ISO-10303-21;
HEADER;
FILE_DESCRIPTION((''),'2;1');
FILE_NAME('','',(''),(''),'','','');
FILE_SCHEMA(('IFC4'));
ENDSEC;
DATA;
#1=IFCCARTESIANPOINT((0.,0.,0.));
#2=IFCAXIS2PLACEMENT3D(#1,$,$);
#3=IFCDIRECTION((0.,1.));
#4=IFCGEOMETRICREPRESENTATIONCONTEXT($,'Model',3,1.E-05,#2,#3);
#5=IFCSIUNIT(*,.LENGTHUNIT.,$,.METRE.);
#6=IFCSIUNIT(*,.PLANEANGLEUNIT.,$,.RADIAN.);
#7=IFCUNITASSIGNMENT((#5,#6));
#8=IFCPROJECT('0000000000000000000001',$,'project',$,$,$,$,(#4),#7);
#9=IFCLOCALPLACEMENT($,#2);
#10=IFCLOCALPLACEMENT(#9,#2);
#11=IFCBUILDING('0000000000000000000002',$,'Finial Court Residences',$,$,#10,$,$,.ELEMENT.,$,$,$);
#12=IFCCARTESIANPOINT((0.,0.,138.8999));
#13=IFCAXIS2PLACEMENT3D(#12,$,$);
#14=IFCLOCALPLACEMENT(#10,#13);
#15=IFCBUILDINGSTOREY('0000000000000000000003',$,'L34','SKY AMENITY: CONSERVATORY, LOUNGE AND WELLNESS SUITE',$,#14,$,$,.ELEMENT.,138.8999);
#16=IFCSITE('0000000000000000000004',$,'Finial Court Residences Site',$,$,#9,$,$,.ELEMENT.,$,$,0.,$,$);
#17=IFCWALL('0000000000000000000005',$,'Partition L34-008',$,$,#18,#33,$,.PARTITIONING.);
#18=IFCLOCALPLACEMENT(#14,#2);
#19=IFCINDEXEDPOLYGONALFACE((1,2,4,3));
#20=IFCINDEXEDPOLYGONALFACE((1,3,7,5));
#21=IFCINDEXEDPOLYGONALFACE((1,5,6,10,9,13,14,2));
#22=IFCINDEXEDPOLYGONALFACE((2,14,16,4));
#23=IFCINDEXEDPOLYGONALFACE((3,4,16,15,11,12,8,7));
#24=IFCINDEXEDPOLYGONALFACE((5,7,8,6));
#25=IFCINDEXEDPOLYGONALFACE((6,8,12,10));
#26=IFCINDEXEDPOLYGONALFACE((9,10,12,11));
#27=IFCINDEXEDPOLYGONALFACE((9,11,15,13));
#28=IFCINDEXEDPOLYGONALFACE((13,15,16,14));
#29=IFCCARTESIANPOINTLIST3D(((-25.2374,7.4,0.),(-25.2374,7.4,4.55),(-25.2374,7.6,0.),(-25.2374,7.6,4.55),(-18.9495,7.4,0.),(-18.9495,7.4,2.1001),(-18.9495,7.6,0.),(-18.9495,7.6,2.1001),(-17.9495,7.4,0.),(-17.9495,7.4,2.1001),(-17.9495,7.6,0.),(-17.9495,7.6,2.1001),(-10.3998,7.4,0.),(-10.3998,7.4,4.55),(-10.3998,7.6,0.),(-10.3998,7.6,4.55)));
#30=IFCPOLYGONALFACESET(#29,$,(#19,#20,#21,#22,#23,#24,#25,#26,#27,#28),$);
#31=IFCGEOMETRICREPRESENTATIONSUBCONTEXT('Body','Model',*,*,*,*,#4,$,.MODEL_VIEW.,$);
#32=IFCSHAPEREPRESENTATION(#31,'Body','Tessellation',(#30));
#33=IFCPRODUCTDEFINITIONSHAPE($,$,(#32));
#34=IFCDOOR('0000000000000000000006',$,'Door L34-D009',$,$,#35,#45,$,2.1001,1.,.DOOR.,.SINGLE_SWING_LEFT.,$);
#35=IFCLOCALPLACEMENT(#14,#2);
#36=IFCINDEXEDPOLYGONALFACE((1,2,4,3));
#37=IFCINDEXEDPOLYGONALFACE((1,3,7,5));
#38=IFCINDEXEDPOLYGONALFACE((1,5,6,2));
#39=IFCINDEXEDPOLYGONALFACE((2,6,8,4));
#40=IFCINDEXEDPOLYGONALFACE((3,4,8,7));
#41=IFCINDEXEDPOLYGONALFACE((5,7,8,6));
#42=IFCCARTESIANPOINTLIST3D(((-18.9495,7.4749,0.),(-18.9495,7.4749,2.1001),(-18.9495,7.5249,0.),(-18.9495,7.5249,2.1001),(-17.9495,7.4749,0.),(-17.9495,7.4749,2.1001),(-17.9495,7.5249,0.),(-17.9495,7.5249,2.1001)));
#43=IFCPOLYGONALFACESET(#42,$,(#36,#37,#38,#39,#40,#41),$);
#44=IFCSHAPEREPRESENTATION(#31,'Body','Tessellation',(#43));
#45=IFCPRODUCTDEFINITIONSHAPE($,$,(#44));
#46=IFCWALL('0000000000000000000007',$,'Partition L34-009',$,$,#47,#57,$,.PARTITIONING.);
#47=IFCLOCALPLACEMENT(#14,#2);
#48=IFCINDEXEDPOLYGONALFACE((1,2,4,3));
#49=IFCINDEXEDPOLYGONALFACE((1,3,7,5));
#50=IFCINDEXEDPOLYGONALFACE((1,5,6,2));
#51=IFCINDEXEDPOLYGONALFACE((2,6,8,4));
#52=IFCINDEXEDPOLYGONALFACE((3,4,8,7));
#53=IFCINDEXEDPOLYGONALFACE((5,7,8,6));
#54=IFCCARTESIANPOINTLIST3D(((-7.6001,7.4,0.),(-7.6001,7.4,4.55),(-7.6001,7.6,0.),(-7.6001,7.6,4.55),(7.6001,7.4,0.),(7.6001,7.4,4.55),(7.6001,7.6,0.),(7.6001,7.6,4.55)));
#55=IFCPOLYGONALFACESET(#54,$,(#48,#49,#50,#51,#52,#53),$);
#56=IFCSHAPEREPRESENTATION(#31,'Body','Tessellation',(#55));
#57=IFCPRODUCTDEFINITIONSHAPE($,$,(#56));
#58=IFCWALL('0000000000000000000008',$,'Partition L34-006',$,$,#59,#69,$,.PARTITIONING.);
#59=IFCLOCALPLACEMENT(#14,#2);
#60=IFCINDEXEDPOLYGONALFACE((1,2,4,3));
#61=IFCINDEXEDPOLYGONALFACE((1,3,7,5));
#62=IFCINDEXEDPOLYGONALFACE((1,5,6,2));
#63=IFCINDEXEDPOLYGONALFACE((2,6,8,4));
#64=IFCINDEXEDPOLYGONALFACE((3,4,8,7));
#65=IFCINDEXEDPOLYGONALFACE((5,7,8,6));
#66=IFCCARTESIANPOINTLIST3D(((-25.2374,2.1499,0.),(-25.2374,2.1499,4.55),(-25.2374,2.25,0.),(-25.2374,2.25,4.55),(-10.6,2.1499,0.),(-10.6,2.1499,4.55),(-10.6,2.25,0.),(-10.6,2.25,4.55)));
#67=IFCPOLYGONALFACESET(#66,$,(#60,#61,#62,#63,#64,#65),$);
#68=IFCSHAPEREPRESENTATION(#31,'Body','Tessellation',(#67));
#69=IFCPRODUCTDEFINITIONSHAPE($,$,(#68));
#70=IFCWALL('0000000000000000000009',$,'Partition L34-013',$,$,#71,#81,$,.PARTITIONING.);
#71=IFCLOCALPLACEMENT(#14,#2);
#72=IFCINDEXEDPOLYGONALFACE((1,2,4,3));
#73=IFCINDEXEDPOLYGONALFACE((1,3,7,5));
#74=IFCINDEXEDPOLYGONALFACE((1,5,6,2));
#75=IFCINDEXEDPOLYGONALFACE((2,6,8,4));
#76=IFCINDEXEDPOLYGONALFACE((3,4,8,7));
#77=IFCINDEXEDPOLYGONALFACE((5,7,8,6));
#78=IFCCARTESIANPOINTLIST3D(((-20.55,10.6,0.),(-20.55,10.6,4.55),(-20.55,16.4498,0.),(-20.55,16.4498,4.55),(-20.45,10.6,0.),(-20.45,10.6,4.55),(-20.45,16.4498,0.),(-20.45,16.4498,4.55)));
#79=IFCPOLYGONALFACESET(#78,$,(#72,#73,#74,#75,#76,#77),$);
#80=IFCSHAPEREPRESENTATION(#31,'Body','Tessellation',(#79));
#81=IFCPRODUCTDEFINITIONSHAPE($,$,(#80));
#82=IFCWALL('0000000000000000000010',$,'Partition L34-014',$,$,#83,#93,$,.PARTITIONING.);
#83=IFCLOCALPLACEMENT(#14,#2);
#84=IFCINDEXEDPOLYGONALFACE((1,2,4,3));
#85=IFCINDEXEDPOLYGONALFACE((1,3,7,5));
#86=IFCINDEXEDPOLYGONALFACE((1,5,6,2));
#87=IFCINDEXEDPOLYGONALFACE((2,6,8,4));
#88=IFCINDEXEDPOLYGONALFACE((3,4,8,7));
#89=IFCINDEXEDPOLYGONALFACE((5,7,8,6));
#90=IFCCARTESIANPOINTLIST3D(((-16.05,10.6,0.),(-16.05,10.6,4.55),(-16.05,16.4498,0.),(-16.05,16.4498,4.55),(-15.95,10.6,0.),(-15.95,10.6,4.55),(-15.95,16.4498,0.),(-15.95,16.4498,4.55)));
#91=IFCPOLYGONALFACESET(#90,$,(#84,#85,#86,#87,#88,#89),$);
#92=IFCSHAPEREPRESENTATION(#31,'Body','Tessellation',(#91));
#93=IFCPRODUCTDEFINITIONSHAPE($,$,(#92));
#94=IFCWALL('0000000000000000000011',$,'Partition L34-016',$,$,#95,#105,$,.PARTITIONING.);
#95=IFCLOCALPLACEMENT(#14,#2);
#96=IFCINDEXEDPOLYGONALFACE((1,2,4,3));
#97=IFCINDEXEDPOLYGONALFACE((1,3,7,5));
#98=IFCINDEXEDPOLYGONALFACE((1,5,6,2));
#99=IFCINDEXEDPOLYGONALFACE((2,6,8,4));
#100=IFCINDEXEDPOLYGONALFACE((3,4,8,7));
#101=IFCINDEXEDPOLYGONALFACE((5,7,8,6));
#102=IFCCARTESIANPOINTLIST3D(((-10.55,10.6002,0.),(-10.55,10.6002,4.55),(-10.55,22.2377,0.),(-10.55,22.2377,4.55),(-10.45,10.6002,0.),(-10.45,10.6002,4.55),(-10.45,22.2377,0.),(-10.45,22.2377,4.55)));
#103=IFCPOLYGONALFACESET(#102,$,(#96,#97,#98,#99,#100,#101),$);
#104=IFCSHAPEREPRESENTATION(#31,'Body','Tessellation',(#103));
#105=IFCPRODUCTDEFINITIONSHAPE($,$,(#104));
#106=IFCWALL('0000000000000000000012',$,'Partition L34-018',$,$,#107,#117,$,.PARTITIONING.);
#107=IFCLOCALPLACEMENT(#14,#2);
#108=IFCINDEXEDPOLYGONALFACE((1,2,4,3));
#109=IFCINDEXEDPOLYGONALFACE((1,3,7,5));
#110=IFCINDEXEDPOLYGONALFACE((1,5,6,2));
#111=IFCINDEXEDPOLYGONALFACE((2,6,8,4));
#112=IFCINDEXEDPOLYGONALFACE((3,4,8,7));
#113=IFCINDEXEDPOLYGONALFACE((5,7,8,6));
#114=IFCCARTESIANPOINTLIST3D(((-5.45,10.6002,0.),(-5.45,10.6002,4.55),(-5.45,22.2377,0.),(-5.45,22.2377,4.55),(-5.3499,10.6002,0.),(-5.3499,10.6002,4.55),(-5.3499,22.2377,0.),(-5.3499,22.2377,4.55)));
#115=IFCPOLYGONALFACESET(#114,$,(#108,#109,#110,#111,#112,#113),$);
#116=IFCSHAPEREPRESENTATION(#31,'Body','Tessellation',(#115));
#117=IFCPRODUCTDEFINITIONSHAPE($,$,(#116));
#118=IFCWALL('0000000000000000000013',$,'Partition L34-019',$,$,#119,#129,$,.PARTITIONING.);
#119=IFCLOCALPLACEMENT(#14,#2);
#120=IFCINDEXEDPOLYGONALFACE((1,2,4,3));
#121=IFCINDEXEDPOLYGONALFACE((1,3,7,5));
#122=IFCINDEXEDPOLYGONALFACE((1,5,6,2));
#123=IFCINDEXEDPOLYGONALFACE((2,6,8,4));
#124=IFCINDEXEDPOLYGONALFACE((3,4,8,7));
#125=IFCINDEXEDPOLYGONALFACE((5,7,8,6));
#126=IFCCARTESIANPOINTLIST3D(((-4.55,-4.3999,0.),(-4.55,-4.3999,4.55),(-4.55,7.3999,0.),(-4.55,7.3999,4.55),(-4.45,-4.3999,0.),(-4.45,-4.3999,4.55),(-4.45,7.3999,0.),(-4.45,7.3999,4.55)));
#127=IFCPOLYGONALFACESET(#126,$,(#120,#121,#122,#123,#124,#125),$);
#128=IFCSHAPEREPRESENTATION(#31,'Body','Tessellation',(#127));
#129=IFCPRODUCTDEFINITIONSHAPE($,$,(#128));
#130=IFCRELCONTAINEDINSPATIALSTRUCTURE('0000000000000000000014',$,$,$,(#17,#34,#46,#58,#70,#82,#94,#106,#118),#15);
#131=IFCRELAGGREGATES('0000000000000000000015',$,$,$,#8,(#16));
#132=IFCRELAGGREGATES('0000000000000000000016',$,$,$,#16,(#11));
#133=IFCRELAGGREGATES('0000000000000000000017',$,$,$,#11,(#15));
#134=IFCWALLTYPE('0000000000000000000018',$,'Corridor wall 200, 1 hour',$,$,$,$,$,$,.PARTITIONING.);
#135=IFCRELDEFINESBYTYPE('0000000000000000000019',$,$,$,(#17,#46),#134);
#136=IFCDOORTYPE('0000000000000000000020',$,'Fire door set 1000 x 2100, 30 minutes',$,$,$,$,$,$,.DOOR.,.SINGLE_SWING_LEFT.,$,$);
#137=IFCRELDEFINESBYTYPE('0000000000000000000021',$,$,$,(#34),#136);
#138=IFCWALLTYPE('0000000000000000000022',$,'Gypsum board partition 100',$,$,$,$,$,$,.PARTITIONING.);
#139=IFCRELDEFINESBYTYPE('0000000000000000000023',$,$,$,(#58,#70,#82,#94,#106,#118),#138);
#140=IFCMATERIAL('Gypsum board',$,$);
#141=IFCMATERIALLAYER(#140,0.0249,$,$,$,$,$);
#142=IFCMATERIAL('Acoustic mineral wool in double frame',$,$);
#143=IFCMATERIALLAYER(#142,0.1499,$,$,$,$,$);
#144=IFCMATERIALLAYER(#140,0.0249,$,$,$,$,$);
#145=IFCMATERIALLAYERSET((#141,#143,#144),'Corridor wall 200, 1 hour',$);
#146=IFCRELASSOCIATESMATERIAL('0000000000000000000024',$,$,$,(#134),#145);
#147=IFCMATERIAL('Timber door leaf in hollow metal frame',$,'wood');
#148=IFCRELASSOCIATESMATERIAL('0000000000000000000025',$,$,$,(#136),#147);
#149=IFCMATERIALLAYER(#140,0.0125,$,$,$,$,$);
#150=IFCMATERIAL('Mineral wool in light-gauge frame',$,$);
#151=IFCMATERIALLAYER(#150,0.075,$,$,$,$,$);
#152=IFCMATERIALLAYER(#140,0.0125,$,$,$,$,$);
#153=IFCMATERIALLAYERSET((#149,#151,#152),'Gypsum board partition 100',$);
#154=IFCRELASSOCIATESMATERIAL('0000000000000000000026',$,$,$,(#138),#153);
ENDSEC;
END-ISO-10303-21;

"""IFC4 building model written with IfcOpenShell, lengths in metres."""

from ifc_helpers import new_model, si_unit, direction, frame, frame_2d, origin, place, context, subcontext, project, spatial, rectangle, extrude, material, layer, layer_set, type_object, element, fill, save


model = new_model("IFC4")

# Units and contexts
model_context = context("Model", 3, precision=1e-05, world=origin(), true_north=direction((0.0, 1.0)))
body_context = subcontext(model_context, "Body", "Model", "MODEL_VIEW")
ifc_project = project(units=[si_unit("LENGTHUNIT", "METRE"), si_unit("PLANEANGLEUNIT", "RADIAN")], contexts=[model_context])

# Site, building, storey
site_placement = place(None, origin())
site = spatial("IfcSite", under=ifc_project, at=site_placement, Name="Finial Court Residences Site", CompositionType="ELEMENT", RefElevation=0.0)
building_placement = place(site_placement, origin())
building = spatial("IfcBuilding", under=site, at=building_placement, Name="Finial Court Residences", CompositionType="ELEMENT")
storey_placement = place(building_placement, frame((0.0, 0.0, 138.8999)))
storey = spatial("IfcBuildingStorey", under=building, at=storey_placement, Name="L34", Description="SKY AMENITY: CONSERVATORY, LOUNGE AND WELLNESS SUITE", CompositionType="ELEMENT", Elevation=138.8999)

# Wall, opening, door
ifc_material_1 = material(Name="Gypsum board")
ifc_layer_1 = layer(ifc_material_1, 0.0249)
ifc_material_2 = material(Name="Acoustic mineral wool in double frame")
ifc_layer_2 = layer(ifc_material_2, 0.1499)
ifc_layer_3 = layer(ifc_material_1, 0.0249)
ifc_layer_set_1 = layer_set([ifc_layer_1, ifc_layer_2, ifc_layer_3], Name="Corridor wall 200, 1 hour")
wall_type_1 = type_object("IfcWallType", Name="Corridor wall 200, 1 hour", PredefinedType="PARTITIONING", material=ifc_layer_set_1)
wall_1_placement = place(storey_placement, frame((-25.2375, 7.5, 0.0), z_axis=(0.0, 0.0, 1.0), x_axis=(1.0, 0.0, 0.0)))
wall_1 = element("IfcWall", 1, at=wall_1_placement, inside=storey, type_object=wall_type_1, Name="Partition L34-008", PredefinedType="PARTITIONING", context=body_context, shape_type="SweptSolid", body=[
    extrude(rectangle(XDim=14.8376, YDim=0.2, at=frame_2d((7.4189, 0.0))), origin(), (0.0, 0.0, 1.0), 4.55),
])
opening_placement = place(wall_1_placement, frame((6.2881, 0.0, 0.0)))
opening = element("IfcOpeningElement", 2, at=opening_placement, cuts=wall_1, PredefinedType="OPENING", context=body_context, shape_type="SweptSolid", body=[
    extrude(rectangle(XDim=1.0, YDim=2.1001, at=frame_2d((0.5, 1.05))), frame((0.0, 0.1099, 0.0), z_axis=(0.0, -1.0, 0.0), x_axis=(1.0, 0.0, 0.0)), (0.0, 0.0, 1.0), 0.22),
])
ifc_material_3 = material(Name="Timber door leaf in hollow metal frame", Category="wood")
door_type = type_object("IfcDoorType", Name="Fire door set 1000 x 2100, 30 minutes", OperationType="SINGLE_SWING_LEFT", PredefinedType="DOOR", material=ifc_material_3)
door_placement = place(opening_placement, origin())
door = element("IfcDoor", 3, at=door_placement, inside=storey, type_object=door_type, Name="Door L34-D009", OperationType="SINGLE_SWING_LEFT", OverallHeight=2.1001, OverallWidth=1.0, PredefinedType="DOOR", context=body_context, shape_type="SweptSolid", body=[
    extrude(rectangle(XDim=1.0, YDim=2.1001, at=frame_2d((0.5, 1.05))), frame((0.0, 0.0249, 0.0), z_axis=(0.0, -1.0, 0.0), x_axis=(1.0, 0.0, 0.0)), (0.0, 0.0, 1.0), 0.05),
])
fill(opening, door)

# Walls
wall_2_placement = place(storey_placement, frame((-7.6001, 7.5, 0.0), z_axis=(0.0, 0.0, 1.0), x_axis=(1.0, 0.0, 0.0)))
element("IfcWall", 4, at=wall_2_placement, inside=storey, type_object=wall_type_1, Name="Partition L34-009", PredefinedType="PARTITIONING", context=body_context, shape_type="SweptSolid", body=[
    extrude(rectangle(XDim=15.2002, YDim=0.2, at=frame_2d((7.6001, 0.0))), origin(), (0.0, 0.0, 1.0), 4.55),
])
ifc_layer_4 = layer(ifc_material_1, 0.0125)
ifc_material_4 = material(Name="Mineral wool in light-gauge frame")
ifc_layer_5 = layer(ifc_material_4, 0.075)
ifc_layer_6 = layer(ifc_material_1, 0.0125)
ifc_layer_set_2 = layer_set([ifc_layer_4, ifc_layer_5, ifc_layer_6], Name="Gypsum board partition 100")
wall_type_2 = type_object("IfcWallType", Name="Gypsum board partition 100", PredefinedType="PARTITIONING", material=ifc_layer_set_2)
wall_3_placement = place(storey_placement, frame((-25.2375, 2.2, 0.0), z_axis=(0.0, 0.0, 1.0), x_axis=(1.0, 0.0, 0.0)))
element("IfcWall", 5, at=wall_3_placement, inside=storey, type_object=wall_type_2, Name="Partition L34-006", PredefinedType="PARTITIONING", context=body_context, shape_type="SweptSolid", body=[
    extrude(rectangle(XDim=14.6375, YDim=0.1001, at=frame_2d((7.3188, 0.0))), origin(), (0.0, 0.0, 1.0), 4.55),
])
for number, where, z_axis, x_axis, name in (
    (6, (-20.5, 10.6001, 0.0), (0.0, 0.0, 1.0), (0.0, 1.0, 0.0), "Partition L34-013"),
    (7, (-16.0, 10.6001, 0.0), (0.0, 0.0, 1.0), (0.0, 1.0, 0.0), "Partition L34-014"),
):
    element("IfcWall", number, at=place(storey_placement, frame(where, z_axis=z_axis, x_axis=x_axis)), inside=storey, type_object=wall_type_2, Name=name, PredefinedType="PARTITIONING", context=body_context, shape_type="SweptSolid", body=[
        extrude(rectangle(XDim=5.8499, YDim=0.1001, at=frame_2d((2.9248, 0.0))), origin(), (0.0, 0.0, 1.0), 4.55),
    ])
for number, where, z_axis, x_axis, name in (
    (8, (-10.5, 10.6001, 0.0), (0.0, 0.0, 1.0), (0.0, 1.0, 0.0), "Partition L34-016"),
    (9, (-5.3999, 10.6001, 0.0), (0.0, 0.0, 1.0), (0.0, 1.0, 0.0), "Partition L34-018"),
):
    element("IfcWall", number, at=place(storey_placement, frame(where, z_axis=z_axis, x_axis=x_axis)), inside=storey, type_object=wall_type_2, Name=name, PredefinedType="PARTITIONING", context=body_context, shape_type="SweptSolid", body=[
        extrude(rectangle(XDim=11.6375, YDim=0.1001, at=frame_2d((5.8188, 0.0))), origin(), (0.0, 0.0, 1.0), 4.55),
    ])
wall_4_placement = place(storey_placement, frame((-4.5, -4.3999, 0.0), z_axis=(0.0, 0.0, 1.0), x_axis=(0.0, 1.0, 0.0)))
element("IfcWall", 10, at=wall_4_placement, inside=storey, type_object=wall_type_2, Name="Partition L34-019", PredefinedType="PARTITIONING", context=body_context, shape_type="SweptSolid", body=[
    extrude(rectangle(XDim=11.7998, YDim=0.1001, at=frame_2d((5.8999, 0.0))), origin(), (0.0, 0.0, 1.0), 4.55),
])

save(model, "model.ifc")
